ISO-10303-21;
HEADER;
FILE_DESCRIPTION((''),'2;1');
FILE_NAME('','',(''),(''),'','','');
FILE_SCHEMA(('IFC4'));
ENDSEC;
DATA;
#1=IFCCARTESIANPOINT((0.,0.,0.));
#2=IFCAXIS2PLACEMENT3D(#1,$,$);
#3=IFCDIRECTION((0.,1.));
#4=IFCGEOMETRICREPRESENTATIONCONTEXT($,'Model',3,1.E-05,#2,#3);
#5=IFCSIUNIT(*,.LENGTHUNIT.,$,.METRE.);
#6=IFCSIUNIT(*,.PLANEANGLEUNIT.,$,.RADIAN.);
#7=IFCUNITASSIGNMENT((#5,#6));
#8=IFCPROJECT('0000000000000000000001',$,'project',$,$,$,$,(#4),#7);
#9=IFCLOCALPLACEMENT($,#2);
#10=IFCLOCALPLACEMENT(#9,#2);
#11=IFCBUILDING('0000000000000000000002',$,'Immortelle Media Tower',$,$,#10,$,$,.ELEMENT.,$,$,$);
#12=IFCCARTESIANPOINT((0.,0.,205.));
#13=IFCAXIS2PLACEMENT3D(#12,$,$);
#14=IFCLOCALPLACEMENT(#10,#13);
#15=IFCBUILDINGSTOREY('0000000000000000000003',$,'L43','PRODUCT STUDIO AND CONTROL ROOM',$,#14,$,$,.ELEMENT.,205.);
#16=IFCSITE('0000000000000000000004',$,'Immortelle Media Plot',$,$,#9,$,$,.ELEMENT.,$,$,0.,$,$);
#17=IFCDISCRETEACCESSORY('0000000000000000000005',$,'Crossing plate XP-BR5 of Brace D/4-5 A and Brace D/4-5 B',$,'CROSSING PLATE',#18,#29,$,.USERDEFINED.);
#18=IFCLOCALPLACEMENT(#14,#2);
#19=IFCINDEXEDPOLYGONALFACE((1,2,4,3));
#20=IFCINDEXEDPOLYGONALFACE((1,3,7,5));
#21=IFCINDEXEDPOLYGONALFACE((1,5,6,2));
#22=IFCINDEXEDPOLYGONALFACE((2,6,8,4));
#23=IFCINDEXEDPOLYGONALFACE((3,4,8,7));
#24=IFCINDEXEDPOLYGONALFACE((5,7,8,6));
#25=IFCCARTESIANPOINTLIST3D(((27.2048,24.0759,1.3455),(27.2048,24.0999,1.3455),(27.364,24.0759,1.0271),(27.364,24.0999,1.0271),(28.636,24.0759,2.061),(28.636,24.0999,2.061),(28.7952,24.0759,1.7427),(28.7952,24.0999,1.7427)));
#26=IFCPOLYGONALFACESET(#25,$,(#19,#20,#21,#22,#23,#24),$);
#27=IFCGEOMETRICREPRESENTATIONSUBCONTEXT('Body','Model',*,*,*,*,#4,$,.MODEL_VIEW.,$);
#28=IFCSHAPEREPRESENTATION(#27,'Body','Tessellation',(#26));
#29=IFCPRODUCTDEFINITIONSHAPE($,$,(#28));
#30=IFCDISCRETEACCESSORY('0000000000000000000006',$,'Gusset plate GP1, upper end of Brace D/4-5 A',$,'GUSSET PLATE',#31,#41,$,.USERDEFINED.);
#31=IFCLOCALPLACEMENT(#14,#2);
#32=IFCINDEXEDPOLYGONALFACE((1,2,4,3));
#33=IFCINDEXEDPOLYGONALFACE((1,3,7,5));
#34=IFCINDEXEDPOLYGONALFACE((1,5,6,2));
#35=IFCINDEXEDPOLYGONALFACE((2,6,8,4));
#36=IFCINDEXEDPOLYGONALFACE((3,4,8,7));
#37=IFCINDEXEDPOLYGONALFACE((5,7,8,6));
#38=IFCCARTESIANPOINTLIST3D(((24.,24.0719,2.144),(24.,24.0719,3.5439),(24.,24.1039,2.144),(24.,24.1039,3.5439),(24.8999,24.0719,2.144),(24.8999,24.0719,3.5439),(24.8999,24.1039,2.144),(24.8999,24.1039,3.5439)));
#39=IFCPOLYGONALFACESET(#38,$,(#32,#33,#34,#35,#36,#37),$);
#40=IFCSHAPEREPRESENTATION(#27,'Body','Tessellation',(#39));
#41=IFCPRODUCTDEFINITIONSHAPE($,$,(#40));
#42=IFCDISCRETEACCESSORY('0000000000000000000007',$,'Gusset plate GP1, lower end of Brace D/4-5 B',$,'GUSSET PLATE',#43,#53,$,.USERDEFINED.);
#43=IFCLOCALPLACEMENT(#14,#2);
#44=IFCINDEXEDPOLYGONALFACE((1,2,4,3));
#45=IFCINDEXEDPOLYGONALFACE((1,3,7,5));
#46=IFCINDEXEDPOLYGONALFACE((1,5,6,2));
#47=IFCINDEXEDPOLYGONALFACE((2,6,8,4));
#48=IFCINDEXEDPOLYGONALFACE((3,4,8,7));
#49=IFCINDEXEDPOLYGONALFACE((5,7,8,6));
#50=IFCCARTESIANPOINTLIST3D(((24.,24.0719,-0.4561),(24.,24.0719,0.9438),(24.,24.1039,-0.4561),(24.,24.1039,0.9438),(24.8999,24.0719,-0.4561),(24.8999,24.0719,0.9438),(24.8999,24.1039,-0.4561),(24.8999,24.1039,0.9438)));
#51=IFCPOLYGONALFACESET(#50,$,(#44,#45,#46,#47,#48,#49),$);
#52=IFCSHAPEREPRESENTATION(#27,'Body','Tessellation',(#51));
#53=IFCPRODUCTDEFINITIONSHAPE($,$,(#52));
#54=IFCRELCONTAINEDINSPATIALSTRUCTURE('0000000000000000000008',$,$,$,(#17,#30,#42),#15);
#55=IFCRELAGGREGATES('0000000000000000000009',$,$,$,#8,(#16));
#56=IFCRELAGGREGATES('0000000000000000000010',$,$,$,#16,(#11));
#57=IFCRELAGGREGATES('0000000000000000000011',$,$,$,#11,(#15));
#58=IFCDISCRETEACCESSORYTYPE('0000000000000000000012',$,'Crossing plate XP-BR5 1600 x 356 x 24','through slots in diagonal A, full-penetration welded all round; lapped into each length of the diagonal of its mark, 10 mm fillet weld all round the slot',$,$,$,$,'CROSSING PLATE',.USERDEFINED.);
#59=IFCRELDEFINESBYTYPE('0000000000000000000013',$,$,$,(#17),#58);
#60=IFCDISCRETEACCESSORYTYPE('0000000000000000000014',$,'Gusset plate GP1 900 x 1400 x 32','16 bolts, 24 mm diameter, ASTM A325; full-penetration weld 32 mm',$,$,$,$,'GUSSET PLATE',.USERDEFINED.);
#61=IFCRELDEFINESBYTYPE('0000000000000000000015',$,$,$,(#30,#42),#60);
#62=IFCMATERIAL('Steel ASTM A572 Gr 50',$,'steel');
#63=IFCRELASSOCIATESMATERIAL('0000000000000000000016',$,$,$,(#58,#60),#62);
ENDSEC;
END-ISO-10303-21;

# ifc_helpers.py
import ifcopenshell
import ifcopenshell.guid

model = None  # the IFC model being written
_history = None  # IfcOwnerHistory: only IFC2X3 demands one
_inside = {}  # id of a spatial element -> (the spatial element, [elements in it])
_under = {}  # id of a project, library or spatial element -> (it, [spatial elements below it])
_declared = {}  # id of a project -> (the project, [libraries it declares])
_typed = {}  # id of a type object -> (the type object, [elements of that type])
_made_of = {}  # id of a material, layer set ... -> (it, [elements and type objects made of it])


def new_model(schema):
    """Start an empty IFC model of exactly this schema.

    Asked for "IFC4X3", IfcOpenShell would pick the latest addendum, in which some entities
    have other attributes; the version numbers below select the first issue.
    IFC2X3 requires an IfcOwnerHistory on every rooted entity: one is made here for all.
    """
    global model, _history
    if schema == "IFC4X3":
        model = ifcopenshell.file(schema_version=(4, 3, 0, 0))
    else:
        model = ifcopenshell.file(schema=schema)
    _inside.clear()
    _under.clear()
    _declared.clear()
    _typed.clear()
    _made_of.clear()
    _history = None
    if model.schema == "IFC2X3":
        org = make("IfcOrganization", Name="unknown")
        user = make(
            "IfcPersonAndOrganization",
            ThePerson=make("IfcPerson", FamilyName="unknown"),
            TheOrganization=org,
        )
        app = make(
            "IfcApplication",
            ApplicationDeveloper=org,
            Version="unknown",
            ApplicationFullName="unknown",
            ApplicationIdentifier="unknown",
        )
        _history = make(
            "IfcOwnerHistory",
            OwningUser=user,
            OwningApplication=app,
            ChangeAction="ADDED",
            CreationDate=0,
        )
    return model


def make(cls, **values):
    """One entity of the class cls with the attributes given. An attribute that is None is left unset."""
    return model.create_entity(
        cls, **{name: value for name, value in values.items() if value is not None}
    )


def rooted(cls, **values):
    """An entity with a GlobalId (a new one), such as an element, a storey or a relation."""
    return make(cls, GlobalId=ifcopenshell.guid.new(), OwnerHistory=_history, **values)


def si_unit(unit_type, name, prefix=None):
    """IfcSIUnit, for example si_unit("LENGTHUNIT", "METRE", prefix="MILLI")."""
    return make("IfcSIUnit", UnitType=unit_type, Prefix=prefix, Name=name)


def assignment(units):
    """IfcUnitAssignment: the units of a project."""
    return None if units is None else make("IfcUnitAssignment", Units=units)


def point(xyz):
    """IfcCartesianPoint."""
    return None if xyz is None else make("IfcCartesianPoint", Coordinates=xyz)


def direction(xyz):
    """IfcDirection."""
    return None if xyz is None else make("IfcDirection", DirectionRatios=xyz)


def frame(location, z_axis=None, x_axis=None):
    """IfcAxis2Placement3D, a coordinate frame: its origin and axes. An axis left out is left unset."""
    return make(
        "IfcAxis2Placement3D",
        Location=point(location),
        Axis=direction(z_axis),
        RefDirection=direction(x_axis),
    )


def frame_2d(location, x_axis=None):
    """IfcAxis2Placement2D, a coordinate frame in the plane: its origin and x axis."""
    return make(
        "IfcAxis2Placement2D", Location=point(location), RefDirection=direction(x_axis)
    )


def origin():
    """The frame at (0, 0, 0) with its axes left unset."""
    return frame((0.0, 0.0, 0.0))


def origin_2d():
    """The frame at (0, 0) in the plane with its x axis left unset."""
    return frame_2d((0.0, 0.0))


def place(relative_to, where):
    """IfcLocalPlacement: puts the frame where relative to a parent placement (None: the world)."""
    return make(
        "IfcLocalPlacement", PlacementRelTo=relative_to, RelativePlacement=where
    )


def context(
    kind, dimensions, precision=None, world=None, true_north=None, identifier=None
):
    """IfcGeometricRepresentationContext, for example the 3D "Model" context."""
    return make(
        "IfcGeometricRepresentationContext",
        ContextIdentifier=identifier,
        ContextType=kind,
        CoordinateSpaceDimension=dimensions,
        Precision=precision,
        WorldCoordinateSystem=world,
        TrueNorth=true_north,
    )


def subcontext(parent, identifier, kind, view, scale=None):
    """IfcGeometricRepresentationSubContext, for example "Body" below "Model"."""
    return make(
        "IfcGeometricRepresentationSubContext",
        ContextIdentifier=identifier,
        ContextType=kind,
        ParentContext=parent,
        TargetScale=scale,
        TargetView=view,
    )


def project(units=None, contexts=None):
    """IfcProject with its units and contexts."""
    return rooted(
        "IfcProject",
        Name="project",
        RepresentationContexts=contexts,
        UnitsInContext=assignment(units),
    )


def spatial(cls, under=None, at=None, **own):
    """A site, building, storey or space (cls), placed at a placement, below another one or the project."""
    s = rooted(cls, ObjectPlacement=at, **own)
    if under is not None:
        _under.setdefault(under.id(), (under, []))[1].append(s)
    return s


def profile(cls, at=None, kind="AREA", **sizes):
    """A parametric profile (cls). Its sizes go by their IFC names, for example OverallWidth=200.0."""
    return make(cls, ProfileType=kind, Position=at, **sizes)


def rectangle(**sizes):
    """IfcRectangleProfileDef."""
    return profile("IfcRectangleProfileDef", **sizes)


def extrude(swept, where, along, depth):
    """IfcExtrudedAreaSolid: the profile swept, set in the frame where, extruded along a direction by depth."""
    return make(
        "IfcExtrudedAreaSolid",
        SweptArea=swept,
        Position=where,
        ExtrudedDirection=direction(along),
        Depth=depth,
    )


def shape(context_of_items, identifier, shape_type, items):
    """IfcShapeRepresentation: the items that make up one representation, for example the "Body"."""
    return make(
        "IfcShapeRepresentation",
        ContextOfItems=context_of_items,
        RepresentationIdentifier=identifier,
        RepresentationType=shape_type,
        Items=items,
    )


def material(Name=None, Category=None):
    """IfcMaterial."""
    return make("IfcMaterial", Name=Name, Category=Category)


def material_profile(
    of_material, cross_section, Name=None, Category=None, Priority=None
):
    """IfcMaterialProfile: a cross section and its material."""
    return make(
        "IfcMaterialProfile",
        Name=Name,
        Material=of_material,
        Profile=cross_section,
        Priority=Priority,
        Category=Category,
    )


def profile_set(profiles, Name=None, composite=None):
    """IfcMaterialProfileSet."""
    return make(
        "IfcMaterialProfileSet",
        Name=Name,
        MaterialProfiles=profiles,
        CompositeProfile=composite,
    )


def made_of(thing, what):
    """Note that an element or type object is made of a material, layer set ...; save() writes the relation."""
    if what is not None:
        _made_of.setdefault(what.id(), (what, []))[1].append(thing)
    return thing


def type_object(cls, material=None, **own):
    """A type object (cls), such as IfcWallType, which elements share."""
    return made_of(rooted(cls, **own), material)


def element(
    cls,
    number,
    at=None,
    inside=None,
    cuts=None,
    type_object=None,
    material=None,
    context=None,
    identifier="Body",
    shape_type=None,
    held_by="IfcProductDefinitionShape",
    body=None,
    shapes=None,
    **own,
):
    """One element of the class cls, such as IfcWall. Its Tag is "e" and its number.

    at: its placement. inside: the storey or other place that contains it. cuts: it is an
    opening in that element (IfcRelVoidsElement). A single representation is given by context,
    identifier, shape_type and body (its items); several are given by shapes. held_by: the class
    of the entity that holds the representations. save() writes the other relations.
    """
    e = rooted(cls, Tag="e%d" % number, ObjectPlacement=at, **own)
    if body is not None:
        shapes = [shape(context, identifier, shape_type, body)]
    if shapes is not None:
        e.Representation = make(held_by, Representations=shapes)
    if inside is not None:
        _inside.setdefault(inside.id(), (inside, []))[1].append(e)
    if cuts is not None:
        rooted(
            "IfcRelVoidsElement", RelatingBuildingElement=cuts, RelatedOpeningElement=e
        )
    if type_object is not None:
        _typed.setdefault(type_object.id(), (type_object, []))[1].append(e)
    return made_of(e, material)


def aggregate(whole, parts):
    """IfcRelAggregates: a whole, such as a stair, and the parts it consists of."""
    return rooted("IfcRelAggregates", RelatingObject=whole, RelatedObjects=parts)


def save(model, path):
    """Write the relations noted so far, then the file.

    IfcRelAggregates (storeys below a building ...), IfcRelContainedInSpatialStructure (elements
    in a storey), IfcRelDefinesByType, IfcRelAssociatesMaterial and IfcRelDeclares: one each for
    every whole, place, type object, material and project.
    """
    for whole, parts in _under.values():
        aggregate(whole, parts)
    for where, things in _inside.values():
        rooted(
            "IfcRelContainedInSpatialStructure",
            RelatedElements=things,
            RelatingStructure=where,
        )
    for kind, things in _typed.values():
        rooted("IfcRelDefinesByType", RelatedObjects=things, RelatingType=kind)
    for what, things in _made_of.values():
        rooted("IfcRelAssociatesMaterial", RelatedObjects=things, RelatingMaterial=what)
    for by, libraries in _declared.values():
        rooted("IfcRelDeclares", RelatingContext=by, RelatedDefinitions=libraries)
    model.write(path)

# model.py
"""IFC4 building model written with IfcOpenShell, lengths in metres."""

from ifc_helpers import new_model, si_unit, direction, frame, origin, origin_2d, place, context, subcontext, project, spatial, rectangle, extrude, material, material_profile, profile_set, type_object, element, save


model = new_model("IFC4")

# Units and contexts
model_context = context("Model", 3, precision=1e-05, world=origin(), true_north=direction((0.0, 1.0)))
body_context = subcontext(model_context, "Body", "Model", "MODEL_VIEW")
ifc_project = project(units=[si_unit("LENGTHUNIT", "METRE"), si_unit("PLANEANGLEUNIT", "RADIAN")], contexts=[model_context])

# Site, building, storey
site_placement = place(None, origin())
site = spatial("IfcSite", under=ifc_project, at=site_placement, Name="Immortelle Media Plot", CompositionType="ELEMENT", RefElevation=0.0)
building_placement = place(site_placement, origin())
building = spatial("IfcBuilding", under=site, at=building_placement, Name="Immortelle Media Tower", CompositionType="ELEMENT")
storey_placement = place(building_placement, frame((0.0, 0.0, 205.0)))
storey = spatial("IfcBuildingStorey", under=building, at=storey_placement, Name="L43", Description="PRODUCT STUDIO AND CONTROL ROOM", CompositionType="ELEMENT", Elevation=205.0)

# Discrete accessories
ifc_material_1 = material(Name="Steel ASTM A572 Gr 50", Category="steel")
ifc_material_profile_1 = material_profile(ifc_material_1, rectangle(XDim=0.0239, YDim=0.356, at=origin_2d()), Name="PL 24 x 356")
ifc_profile_set_1 = profile_set([ifc_material_profile_1], Name="Steel ASTM A572 Gr 50")
discrete_accessory_type_1 = type_object("IfcDiscreteAccessoryType", Name="Crossing plate XP-BR5 1600 x 356 x 24", Description="through slots in diagonal A, full-penetration welded all round; lapped into each length of the diagonal of its mark, 10 mm fillet weld all round the slot", ElementType="CROSSING PLATE", PredefinedType="USERDEFINED", material=ifc_profile_set_1)
discrete_accessory_placement = place(storey_placement, frame((28.7156, 24.0879, 1.9019), z_axis=(-0.894427, 0.0, -0.447214), x_axis=(0.0, -1.0, 0.0)))
element("IfcDiscreteAccessory", 1, at=discrete_accessory_placement, inside=storey, type_object=discrete_accessory_type_1, Name="Crossing plate XP-BR5 of Brace D/4-5 A and Brace D/4-5 B", ObjectType="CROSSING PLATE", PredefinedType="USERDEFINED", context=body_context, shape_type="SweptSolid", body=[
    extrude(rectangle(XDim=0.0239, YDim=0.356, at=origin_2d()), origin(), (0.0, 0.0, 1.0), 1.6001),
])
ifc_material_profile_2 = material_profile(ifc_material_1, rectangle(XDim=0.032, YDim=1.3999, at=origin_2d()), Name="PL 32 x 1400")
ifc_profile_set_2 = profile_set([ifc_material_profile_2], Name="Steel ASTM A572 Gr 50")
discrete_accessory_type_2 = type_object("IfcDiscreteAccessoryType", Name="Gusset plate GP1 900 x 1400 x 32", Description="16 bolts, 24 mm diameter, ASTM A325; full-penetration weld 32 mm", ElementType="GUSSET PLATE", PredefinedType="USERDEFINED", material=ifc_profile_set_2)
for number, where, z_axis, x_axis, name in (
    (2, (24.0, 24.0879, 2.844), (1.0, 0.0, 0.0), (0.0, 1.0, 0.0), "Gusset plate GP1, upper end of Brace D/4-5 A"),
    (3, (24.0, 24.0879, 0.2439), (1.0, 0.0, 0.0), (0.0, 1.0, 0.0), "Gusset plate GP1, lower end of Brace D/4-5 B"),
):
    element("IfcDiscreteAccessory", number, at=place(storey_placement, frame(where, z_axis=z_axis, x_axis=x_axis)), inside=storey, type_object=discrete_accessory_type_2, Name=name, ObjectType="GUSSET PLATE", PredefinedType="USERDEFINED", context=body_context, shape_type="SweptSolid", body=[
        extrude(rectangle(XDim=0.032, YDim=1.3999, at=origin_2d()), origin(), (0.0, 0.0, 1.0), 0.8999),
    ])

save(model, "model.ifc")
